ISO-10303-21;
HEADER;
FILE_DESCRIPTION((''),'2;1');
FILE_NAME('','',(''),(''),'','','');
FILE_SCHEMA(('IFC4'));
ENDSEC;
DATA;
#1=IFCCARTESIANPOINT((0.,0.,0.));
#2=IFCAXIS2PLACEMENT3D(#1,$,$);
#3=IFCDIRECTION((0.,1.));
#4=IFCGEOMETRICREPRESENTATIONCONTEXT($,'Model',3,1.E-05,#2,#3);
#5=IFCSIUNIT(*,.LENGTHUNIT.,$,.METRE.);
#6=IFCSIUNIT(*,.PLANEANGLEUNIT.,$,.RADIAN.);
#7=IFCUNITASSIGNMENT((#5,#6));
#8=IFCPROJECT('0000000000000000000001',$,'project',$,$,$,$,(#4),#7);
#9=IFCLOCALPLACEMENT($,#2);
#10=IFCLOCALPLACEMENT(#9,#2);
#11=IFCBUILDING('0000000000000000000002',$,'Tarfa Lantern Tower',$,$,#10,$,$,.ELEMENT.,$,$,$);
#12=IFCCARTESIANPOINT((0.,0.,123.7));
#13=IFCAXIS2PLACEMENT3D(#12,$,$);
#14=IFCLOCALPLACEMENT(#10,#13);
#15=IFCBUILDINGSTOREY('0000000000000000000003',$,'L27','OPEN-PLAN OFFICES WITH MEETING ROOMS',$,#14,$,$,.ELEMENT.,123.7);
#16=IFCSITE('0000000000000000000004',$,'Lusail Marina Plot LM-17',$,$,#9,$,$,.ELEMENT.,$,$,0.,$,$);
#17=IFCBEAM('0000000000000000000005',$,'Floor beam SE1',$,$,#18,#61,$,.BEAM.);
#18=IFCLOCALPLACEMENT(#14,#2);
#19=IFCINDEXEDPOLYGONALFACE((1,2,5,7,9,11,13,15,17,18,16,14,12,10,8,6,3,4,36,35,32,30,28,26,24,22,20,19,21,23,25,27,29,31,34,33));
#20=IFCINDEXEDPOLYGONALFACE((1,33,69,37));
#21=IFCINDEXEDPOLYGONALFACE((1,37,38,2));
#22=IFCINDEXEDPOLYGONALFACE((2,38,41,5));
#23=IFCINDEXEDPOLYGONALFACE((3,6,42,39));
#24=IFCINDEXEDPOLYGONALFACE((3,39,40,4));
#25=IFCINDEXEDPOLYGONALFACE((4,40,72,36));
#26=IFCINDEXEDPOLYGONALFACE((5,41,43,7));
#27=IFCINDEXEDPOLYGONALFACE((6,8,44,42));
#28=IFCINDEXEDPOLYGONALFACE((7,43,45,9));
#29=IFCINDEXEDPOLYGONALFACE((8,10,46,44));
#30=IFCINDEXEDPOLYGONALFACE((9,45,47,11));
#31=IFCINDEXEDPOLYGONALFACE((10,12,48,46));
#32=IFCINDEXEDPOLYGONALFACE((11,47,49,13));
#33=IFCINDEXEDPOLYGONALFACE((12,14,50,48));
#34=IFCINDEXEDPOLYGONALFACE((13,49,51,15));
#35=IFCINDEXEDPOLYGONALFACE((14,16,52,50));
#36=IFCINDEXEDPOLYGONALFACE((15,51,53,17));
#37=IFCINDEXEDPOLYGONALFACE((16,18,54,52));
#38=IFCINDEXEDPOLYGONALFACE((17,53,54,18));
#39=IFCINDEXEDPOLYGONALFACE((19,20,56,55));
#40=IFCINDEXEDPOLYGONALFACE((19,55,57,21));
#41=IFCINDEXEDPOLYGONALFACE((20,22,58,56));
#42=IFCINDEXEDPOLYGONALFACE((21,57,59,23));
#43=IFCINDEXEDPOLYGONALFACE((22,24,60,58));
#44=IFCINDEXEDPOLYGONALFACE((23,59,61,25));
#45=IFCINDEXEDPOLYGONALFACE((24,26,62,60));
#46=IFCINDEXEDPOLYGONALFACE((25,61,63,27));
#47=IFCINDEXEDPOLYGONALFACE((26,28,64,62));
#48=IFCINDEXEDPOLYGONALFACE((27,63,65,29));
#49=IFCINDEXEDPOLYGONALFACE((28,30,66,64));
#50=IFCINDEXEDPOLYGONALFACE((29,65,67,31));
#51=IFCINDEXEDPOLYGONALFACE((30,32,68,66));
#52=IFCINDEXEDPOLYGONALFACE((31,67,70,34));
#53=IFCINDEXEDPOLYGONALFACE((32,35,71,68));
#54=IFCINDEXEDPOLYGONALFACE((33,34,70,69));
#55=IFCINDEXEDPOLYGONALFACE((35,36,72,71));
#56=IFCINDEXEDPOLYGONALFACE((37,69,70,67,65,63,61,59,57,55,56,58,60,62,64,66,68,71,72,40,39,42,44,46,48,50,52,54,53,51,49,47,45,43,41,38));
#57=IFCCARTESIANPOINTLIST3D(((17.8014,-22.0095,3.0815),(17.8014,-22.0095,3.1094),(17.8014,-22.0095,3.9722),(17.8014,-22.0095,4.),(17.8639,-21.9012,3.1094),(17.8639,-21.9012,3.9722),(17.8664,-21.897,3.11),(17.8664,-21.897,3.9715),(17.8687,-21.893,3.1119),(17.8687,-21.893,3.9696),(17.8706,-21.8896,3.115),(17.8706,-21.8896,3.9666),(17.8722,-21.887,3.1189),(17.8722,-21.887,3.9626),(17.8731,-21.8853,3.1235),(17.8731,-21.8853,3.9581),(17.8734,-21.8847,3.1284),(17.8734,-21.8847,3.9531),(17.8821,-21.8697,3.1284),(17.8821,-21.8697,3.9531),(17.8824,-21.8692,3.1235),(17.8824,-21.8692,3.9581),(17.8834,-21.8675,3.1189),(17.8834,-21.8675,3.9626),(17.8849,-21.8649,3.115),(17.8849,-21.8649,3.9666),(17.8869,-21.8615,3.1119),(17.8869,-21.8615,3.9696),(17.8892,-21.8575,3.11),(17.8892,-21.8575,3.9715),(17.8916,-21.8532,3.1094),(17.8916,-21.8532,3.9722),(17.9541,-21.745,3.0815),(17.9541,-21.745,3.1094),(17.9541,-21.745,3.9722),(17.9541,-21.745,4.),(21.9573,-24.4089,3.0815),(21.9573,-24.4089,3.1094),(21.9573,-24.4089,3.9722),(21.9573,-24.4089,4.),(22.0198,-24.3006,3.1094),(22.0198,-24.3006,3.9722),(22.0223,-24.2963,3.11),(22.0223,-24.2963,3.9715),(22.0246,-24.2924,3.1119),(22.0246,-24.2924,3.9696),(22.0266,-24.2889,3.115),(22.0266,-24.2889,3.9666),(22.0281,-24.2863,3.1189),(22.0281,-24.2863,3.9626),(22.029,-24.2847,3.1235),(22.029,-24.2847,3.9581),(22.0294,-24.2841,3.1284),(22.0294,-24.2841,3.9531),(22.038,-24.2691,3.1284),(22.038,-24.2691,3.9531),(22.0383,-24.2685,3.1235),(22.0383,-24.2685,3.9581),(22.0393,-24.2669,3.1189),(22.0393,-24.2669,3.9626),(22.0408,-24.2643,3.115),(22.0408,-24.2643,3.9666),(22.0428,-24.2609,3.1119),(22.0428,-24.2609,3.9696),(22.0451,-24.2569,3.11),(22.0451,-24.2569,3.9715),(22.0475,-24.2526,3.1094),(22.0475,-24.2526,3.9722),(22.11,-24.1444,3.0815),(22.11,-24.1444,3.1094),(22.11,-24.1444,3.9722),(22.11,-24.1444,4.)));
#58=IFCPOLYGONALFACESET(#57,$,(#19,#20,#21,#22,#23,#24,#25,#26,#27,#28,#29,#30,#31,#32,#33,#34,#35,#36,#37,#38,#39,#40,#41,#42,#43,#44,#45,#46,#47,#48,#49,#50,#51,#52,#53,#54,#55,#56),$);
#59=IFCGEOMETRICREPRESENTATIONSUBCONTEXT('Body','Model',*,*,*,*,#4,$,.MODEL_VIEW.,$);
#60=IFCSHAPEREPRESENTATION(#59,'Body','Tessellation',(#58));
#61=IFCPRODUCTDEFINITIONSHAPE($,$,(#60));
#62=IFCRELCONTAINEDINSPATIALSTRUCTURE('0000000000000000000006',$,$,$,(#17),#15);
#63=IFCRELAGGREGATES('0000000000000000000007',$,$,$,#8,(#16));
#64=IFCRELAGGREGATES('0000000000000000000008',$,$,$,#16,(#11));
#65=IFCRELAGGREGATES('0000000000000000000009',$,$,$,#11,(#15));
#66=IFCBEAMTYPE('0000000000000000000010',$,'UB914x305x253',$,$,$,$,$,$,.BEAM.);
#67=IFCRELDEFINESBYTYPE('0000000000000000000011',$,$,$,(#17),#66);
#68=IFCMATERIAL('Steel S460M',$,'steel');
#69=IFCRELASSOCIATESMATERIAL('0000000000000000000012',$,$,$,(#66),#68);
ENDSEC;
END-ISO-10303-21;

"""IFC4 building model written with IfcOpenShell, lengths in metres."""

from ifc_helpers import new_model, si_unit, direction, frame, origin, origin_2d, place, context, subcontext, project, spatial, i_section, extrude, material, material_profile, profile_set, type_object, element, save


model = new_model("IFC4")

# Units and contexts
model_context = context("Model", 3, precision=1e-05, world=origin(), true_north=direction((0.0, 1.0)))
body_context = subcontext(model_context, "Body", "Model", "MODEL_VIEW")
ifc_project = project(units=[si_unit("LENGTHUNIT", "METRE"), si_unit("PLANEANGLEUNIT", "RADIAN")], contexts=[model_context])

# Site, building, storey
site_placement = place(None, origin())
site = spatial("IfcSite", under=ifc_project, at=site_placement, Name="Lusail Marina Plot LM-17", CompositionType="ELEMENT", RefElevation=0.0)
building_placement = place(site_placement, origin())
building = spatial("IfcBuilding", under=site, at=building_placement, Name="Tarfa Lantern Tower", CompositionType="ELEMENT")
storey_placement = place(building_placement, frame((0.0, 0.0, 123.7)))
storey = spatial("IfcBuildingStorey", under=building, at=storey_placement, Name="L27", Description="OPEN-PLAN OFFICES WITH MEETING ROOMS", CompositionType="ELEMENT", Elevation=123.7)

# Beam
ifc_material_1 = material(Name="Steel S460M", Category="steel")
ifc_material_profile_1 = material_profile(ifc_material_1, i_section(OverallWidth=0.3054, OverallDepth=0.9185, WebThickness=0.0173, FlangeThickness=0.0278, FilletRadius=0.019, at=origin_2d()), Name="UB914x305x253")
ifc_profile_set_1 = profile_set([ifc_material_profile_1], Name="Steel S460M")
beam_type_1 = type_object("IfcBeamType", Name="UB914x305x253", PredefinedType="BEAM", material=ifc_profile_set_1)
beam_1_placement = place(storey_placement, frame((22.0337, -24.2766, 3.5408), z_axis=(-0.866031, 0.499991, 0.0), x_axis=(-0.499991, -0.866031, 0.0)))
element("IfcBeam", 1, at=beam_1_placement, inside=storey, type_object=beam_type_1, Name="Floor beam SE1", PredefinedType="BEAM", context=body_context, shape_type="SweptSolid", body=[
    extrude(i_section(OverallWidth=0.3054, OverallDepth=0.9185, WebThickness=0.0173, FlangeThickness=0.0278, FilletRadius=0.019, at=origin_2d()), origin(), (0.0, 0.0, 1.0), 4.7988),
])

save(model, "model.ifc")
